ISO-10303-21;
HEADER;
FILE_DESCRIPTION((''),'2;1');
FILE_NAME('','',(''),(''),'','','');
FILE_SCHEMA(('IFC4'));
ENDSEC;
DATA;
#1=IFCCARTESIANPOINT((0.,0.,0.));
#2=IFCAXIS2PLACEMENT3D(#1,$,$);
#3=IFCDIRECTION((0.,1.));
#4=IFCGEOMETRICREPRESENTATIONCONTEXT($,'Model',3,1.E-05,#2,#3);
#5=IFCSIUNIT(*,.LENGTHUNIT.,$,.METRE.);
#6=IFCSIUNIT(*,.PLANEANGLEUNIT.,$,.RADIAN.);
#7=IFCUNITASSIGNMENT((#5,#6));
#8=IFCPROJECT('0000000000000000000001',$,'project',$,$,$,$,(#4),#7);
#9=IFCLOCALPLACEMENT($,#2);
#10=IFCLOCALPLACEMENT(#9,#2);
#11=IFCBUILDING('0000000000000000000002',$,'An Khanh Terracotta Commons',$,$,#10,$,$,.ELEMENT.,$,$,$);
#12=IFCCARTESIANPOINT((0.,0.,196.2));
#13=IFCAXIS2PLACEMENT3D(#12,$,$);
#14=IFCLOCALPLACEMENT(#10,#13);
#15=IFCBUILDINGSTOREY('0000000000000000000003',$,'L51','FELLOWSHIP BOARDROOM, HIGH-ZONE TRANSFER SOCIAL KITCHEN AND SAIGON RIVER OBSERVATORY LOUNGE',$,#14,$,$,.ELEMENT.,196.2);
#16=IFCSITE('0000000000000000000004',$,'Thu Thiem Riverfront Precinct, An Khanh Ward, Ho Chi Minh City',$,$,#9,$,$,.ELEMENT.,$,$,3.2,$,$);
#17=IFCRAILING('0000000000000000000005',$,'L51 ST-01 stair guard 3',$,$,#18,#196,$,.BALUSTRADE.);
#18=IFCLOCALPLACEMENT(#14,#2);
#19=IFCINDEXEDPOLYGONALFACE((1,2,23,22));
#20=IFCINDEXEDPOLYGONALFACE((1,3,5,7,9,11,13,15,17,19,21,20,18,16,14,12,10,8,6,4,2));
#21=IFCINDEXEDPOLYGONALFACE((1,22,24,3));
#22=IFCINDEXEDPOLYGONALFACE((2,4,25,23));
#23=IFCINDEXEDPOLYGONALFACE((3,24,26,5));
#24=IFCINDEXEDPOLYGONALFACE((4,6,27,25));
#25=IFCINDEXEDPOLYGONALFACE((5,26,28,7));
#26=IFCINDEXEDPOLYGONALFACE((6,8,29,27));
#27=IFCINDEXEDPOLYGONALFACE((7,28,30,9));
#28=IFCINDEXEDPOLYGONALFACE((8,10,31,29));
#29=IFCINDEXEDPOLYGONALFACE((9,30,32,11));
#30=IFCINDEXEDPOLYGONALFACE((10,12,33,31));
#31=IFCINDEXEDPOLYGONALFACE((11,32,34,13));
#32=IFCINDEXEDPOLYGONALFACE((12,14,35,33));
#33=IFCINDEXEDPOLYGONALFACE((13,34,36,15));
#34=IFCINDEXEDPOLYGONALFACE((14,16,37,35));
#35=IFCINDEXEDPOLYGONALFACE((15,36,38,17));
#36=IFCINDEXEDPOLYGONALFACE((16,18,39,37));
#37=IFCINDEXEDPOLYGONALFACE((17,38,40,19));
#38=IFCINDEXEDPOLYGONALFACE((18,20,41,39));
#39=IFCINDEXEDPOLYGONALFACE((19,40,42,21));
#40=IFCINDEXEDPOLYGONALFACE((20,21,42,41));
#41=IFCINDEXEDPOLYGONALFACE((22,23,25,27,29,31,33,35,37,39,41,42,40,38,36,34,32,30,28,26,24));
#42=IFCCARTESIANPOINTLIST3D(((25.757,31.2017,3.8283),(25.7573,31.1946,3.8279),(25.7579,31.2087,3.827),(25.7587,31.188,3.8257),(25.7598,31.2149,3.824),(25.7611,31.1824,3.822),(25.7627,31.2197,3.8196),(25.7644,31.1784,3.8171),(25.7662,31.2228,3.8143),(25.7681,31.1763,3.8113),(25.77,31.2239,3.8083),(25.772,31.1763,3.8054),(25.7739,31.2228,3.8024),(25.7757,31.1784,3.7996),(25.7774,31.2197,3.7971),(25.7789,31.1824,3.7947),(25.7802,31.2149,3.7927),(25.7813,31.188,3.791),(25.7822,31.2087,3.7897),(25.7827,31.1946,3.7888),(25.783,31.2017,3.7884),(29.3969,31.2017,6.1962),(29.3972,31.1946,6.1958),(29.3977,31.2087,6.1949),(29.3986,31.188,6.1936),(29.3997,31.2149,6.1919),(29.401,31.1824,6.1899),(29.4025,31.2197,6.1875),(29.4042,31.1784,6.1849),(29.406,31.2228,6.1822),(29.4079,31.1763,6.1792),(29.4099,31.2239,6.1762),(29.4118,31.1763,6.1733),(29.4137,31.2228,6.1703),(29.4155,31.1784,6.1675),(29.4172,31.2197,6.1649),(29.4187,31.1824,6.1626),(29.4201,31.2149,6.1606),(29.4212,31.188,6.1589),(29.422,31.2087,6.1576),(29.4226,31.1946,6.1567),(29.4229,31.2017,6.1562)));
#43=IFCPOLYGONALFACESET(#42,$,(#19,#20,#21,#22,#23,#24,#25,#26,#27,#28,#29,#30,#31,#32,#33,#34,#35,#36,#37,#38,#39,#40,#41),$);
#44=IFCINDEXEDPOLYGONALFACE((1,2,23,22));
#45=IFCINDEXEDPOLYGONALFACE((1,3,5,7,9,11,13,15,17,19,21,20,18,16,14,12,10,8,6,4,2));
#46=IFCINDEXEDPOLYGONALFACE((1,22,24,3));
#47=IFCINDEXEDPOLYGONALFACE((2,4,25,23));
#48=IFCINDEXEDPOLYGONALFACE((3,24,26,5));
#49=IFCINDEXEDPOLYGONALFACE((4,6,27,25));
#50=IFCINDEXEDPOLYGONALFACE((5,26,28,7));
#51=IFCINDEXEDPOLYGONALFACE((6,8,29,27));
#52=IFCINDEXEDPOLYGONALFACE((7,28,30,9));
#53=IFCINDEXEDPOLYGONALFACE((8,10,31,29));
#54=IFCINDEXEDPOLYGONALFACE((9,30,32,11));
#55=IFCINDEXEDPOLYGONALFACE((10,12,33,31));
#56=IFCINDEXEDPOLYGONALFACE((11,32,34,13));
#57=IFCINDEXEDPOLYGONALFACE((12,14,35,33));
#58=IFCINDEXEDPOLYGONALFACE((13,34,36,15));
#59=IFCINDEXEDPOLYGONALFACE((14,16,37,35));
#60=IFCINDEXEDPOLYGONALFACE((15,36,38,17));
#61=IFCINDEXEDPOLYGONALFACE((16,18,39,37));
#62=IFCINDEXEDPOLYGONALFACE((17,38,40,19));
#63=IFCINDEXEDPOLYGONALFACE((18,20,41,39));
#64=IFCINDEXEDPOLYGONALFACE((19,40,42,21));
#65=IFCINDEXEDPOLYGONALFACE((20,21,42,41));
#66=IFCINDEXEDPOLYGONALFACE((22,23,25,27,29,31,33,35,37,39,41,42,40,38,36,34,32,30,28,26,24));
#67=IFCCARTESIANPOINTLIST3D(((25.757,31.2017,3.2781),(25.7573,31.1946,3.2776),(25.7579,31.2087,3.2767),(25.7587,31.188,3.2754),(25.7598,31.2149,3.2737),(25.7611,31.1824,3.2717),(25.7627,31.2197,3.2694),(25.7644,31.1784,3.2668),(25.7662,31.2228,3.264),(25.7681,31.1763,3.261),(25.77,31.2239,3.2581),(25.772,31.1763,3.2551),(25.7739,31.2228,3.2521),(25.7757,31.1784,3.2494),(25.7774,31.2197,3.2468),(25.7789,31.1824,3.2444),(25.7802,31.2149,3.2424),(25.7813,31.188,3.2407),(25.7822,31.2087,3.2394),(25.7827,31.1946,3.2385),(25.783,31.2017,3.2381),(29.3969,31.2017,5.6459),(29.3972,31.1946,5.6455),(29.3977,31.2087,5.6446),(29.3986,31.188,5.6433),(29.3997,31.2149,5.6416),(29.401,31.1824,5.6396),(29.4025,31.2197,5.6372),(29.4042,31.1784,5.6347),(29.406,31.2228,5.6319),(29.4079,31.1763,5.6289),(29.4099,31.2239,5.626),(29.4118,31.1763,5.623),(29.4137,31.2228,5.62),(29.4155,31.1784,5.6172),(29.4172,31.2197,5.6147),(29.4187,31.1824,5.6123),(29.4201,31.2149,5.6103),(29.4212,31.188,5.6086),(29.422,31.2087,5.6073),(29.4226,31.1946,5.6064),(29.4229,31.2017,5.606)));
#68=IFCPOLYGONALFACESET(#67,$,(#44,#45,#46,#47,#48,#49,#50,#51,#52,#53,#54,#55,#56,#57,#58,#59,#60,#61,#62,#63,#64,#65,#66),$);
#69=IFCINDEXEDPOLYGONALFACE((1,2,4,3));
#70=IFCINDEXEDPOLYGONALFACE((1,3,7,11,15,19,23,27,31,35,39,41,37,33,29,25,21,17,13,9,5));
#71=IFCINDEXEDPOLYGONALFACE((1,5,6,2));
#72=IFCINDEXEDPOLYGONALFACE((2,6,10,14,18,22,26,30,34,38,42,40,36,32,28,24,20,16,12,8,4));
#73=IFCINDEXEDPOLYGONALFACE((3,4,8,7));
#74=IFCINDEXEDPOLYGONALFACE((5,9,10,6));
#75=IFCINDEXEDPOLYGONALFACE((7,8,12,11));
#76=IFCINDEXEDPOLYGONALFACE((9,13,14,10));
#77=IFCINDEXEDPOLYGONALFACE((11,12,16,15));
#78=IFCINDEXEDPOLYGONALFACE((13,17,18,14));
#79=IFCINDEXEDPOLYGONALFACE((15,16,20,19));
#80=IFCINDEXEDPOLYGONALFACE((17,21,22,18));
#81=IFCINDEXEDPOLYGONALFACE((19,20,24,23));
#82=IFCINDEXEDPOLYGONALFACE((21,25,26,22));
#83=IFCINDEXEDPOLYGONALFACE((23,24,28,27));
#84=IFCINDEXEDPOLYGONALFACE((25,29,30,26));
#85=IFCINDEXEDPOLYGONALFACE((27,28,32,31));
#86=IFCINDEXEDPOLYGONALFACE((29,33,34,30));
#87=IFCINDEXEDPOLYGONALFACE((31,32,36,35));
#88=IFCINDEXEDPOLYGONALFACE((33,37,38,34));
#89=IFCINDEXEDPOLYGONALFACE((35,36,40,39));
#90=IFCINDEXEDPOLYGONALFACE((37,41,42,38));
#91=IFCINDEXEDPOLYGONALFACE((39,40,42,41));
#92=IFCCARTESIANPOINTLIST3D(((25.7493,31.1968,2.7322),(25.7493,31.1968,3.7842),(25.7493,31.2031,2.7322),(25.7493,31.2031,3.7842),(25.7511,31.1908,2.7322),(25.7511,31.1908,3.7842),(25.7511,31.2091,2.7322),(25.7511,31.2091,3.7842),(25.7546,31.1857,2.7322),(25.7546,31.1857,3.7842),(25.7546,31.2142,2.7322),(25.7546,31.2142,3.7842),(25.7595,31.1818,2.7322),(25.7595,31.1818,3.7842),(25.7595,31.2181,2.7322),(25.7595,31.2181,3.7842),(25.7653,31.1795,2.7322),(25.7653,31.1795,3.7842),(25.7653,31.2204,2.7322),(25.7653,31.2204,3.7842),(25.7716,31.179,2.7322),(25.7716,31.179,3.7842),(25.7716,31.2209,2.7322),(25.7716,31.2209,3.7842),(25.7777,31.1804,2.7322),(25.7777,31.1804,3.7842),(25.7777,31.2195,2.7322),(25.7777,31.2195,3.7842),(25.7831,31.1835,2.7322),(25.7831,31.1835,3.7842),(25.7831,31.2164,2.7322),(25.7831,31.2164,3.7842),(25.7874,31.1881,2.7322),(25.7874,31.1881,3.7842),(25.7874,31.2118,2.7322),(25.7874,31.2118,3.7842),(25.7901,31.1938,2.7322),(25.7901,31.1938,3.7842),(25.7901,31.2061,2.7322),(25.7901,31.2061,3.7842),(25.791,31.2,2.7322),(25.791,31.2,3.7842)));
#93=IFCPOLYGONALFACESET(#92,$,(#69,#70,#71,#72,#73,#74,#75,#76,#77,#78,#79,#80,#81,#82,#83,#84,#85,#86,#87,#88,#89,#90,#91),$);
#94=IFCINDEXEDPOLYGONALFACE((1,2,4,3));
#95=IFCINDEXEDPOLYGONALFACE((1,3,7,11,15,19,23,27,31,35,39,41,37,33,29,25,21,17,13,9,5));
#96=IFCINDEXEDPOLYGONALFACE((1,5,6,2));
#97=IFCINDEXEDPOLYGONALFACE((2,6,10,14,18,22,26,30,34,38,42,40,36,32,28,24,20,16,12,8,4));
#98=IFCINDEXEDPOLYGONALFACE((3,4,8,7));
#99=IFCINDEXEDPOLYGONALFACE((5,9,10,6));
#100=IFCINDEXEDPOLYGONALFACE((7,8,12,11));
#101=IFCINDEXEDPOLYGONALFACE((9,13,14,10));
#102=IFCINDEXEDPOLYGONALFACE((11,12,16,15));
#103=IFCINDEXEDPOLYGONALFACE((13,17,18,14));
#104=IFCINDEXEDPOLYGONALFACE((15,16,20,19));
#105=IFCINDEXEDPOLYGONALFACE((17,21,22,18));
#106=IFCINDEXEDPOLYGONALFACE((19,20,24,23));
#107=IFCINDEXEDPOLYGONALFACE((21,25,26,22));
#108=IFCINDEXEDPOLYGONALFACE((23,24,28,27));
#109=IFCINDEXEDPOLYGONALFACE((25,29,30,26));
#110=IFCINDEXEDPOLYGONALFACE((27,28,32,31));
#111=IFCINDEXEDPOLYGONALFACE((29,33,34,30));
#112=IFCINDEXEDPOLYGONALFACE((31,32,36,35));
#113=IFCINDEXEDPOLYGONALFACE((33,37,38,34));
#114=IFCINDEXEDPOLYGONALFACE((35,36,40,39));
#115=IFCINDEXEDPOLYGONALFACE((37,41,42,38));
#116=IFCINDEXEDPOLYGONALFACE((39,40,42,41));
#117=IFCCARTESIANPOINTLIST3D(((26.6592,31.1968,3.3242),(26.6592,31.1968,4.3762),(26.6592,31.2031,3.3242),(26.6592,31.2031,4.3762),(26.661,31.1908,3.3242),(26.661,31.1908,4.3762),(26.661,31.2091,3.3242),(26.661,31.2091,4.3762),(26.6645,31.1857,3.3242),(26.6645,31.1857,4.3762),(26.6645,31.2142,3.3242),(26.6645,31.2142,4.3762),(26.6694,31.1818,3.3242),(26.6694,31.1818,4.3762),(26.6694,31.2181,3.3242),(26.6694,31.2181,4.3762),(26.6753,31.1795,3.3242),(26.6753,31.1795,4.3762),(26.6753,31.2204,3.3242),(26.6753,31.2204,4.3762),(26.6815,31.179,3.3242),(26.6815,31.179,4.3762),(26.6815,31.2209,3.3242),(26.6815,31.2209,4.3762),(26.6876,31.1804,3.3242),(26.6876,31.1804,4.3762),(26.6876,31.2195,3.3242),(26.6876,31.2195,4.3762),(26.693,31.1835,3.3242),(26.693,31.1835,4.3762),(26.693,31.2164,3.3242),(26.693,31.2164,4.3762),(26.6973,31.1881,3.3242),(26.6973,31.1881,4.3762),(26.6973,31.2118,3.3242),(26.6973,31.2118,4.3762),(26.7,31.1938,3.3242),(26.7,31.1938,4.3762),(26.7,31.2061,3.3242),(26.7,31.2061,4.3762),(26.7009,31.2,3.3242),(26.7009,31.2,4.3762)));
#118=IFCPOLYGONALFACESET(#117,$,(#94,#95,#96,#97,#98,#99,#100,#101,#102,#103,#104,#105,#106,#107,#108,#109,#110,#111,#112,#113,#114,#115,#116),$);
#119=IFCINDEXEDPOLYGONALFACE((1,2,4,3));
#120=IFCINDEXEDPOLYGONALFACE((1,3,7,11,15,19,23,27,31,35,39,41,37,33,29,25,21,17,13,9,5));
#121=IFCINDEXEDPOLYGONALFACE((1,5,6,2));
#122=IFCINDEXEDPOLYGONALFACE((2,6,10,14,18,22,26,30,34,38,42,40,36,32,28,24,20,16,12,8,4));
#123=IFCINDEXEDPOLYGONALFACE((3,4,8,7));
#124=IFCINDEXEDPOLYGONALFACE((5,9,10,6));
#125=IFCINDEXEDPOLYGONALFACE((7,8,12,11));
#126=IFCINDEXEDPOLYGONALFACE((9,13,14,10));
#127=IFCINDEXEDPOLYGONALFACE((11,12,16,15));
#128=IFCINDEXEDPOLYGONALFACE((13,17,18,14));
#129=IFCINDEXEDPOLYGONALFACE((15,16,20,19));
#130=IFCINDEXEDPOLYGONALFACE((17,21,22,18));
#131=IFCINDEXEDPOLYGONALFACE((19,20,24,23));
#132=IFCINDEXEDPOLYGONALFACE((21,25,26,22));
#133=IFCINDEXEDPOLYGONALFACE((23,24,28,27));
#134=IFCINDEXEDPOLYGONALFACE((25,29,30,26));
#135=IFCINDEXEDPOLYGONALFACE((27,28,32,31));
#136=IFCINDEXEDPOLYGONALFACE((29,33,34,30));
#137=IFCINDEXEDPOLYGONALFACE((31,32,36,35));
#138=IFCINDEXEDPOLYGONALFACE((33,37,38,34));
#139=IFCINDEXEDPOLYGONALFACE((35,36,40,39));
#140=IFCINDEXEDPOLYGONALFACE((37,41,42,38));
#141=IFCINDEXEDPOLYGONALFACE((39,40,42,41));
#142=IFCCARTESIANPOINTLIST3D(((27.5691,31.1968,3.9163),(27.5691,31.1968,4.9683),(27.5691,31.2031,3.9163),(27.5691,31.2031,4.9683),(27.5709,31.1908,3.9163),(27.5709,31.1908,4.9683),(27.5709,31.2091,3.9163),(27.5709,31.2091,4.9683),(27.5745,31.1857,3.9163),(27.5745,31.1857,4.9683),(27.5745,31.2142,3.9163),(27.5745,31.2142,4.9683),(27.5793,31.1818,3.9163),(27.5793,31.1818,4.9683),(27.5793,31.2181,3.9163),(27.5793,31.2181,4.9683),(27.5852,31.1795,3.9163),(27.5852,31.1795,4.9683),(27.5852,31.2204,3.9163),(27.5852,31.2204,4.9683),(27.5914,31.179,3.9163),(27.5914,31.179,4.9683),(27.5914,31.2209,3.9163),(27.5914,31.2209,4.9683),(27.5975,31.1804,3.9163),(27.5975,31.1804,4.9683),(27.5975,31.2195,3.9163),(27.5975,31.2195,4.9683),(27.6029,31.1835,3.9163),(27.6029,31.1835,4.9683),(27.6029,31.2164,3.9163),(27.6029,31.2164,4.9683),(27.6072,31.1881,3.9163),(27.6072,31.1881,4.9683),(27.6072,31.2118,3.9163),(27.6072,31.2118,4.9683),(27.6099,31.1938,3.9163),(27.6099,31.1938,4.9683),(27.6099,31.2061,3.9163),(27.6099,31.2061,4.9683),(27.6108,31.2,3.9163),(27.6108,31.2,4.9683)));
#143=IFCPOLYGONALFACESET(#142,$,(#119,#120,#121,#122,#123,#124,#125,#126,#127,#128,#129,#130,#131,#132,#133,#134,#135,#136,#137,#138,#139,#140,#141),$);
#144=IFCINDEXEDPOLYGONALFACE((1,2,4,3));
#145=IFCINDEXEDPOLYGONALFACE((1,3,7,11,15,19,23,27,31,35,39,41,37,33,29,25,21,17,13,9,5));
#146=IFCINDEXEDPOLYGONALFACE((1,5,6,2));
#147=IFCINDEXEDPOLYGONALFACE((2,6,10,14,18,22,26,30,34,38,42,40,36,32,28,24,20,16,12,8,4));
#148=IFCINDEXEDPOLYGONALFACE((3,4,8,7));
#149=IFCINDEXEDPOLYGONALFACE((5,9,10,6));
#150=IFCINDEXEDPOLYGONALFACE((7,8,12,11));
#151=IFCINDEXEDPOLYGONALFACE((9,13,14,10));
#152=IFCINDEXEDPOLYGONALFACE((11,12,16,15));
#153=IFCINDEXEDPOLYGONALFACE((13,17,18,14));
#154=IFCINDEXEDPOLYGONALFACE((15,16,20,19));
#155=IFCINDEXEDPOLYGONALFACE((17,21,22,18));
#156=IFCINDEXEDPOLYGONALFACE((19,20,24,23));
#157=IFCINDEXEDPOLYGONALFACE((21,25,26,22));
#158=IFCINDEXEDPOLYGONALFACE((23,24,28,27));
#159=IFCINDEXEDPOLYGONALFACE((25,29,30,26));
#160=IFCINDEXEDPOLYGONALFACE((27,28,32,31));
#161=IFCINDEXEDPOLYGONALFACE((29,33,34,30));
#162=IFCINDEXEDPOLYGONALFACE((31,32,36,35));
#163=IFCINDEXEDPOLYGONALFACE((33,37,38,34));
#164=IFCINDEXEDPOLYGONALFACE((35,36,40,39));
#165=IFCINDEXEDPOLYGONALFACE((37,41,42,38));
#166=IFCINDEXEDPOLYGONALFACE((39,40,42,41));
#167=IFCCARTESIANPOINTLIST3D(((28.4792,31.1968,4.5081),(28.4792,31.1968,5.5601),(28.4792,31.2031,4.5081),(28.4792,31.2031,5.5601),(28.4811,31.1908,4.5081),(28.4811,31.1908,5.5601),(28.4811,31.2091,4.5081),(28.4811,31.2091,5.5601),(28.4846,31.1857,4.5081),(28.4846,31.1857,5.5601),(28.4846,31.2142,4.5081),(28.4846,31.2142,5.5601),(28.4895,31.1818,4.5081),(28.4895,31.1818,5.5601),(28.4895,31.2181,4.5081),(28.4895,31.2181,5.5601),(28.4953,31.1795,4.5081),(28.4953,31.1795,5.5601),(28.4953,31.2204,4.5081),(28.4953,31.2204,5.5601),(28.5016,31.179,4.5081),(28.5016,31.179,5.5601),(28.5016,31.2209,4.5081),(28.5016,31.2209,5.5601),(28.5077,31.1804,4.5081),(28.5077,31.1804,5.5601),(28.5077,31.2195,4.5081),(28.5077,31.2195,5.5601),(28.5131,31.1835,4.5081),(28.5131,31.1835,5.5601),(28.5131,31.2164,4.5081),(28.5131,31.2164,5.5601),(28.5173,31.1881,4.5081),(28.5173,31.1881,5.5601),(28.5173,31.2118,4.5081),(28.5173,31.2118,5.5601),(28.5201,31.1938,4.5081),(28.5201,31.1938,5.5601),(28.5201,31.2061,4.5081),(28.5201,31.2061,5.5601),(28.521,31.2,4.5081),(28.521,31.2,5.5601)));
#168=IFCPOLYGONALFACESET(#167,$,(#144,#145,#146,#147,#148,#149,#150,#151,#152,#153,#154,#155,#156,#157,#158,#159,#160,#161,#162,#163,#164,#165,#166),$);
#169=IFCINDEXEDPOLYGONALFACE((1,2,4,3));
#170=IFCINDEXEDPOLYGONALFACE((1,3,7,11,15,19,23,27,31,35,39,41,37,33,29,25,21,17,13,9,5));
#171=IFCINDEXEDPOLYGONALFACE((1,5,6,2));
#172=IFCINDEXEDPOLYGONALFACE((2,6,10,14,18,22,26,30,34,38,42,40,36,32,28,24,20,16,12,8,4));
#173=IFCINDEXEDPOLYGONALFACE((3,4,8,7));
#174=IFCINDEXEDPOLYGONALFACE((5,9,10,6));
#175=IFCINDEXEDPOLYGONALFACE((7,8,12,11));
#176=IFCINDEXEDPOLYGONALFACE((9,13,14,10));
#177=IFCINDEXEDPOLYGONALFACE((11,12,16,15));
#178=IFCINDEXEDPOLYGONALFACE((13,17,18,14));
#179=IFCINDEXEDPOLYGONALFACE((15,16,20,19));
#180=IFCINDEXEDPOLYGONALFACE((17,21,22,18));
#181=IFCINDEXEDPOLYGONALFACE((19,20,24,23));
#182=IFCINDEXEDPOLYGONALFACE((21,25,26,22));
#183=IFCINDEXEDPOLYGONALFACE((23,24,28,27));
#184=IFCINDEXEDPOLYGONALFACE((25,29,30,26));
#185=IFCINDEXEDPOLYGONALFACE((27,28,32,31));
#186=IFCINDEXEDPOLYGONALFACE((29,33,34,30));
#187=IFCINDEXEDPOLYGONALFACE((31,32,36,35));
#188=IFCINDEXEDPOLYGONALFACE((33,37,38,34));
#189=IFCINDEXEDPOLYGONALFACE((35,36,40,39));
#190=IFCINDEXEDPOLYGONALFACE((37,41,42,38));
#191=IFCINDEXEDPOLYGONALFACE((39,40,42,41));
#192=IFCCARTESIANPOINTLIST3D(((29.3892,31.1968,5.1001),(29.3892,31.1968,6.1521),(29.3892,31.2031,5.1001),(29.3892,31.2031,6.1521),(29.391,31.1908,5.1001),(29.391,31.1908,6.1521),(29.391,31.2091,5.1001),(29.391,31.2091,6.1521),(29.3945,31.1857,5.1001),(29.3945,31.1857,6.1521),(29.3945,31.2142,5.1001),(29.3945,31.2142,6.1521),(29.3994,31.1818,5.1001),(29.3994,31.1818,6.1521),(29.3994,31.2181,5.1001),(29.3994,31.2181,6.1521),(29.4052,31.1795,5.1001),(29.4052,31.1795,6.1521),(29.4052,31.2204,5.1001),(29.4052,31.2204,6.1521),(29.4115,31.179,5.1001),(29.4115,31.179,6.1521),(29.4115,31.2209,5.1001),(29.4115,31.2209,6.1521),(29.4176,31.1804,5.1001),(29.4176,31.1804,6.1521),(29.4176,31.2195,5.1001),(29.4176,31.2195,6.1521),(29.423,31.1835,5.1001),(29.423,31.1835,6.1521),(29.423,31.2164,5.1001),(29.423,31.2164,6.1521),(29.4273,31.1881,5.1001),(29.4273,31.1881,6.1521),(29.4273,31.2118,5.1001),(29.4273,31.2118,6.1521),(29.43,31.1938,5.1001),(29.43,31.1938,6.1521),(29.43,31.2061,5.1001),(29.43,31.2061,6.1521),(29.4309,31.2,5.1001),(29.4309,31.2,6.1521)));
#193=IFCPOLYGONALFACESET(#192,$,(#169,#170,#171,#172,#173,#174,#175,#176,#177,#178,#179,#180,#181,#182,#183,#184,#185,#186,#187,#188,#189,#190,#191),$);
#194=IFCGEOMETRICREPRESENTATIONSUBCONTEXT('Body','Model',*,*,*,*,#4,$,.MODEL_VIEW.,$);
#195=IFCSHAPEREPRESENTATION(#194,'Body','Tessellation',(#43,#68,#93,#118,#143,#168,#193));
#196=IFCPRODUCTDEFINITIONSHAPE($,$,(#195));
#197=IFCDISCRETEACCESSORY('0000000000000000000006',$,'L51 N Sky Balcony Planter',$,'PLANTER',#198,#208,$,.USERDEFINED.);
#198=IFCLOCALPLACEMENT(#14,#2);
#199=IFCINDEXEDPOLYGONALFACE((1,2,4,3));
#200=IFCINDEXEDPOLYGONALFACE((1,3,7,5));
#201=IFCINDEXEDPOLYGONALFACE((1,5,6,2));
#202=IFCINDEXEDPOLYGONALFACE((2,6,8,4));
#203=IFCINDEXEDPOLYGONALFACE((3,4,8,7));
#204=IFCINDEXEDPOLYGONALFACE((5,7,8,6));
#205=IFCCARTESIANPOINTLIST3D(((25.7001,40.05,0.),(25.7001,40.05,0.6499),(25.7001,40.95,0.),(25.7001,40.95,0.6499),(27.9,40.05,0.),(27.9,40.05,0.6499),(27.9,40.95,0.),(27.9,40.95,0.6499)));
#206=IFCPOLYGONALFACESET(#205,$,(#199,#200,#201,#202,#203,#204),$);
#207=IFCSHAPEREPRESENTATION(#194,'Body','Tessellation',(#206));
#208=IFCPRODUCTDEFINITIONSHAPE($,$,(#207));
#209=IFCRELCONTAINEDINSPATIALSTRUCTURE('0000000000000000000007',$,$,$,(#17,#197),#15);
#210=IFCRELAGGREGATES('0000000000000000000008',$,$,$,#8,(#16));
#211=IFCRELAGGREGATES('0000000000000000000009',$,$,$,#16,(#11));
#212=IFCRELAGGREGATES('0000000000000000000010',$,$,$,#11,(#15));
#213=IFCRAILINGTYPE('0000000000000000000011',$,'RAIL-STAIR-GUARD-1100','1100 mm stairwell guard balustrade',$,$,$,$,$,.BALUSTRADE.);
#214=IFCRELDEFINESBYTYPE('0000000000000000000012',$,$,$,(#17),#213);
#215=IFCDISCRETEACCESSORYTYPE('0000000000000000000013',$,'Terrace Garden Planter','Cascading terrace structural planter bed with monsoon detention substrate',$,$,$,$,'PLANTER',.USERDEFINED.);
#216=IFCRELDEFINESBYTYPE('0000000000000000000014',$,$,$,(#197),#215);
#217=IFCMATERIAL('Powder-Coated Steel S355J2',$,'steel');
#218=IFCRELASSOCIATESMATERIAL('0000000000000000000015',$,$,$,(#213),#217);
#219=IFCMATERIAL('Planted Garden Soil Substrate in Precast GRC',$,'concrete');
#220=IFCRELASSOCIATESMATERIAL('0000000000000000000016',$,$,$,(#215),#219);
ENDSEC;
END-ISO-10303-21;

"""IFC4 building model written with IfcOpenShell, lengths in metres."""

from ifc_helpers import new_model, si_unit, direction, frame, origin, origin_2d, place, context, subcontext, project, spatial, rectangle, circle, extrude, material, type_object, element, save


model = new_model("IFC4")

# Units and contexts
model_context = context("Model", 3, precision=1e-05, world=origin(), true_north=direction((0.0, 1.0)))
body_context = subcontext(model_context, "Body", "Model", "MODEL_VIEW")
ifc_project = project(units=[si_unit("LENGTHUNIT", "METRE"), si_unit("PLANEANGLEUNIT", "RADIAN")], contexts=[model_context])

# Site, building, storey
site_placement = place(None, origin())
site = spatial("IfcSite", under=ifc_project, at=site_placement, Name="Thu Thiem Riverfront Precinct, An Khanh Ward, Ho Chi Minh City", CompositionType="ELEMENT", RefElevation=3.2)
building_placement = place(site_placement, origin())
building = spatial("IfcBuilding", under=site, at=building_placement, Name="An Khanh Terracotta Commons", CompositionType="ELEMENT")
storey_placement = place(building_placement, frame((0.0, 0.0, 196.2)))
storey = spatial("IfcBuildingStorey", under=building, at=storey_placement, Name="L51", Description="FELLOWSHIP BOARDROOM, HIGH-ZONE TRANSFER SOCIAL KITCHEN AND SAIGON RIVER OBSERVATORY LOUNGE", CompositionType="ELEMENT", Elevation=196.2)

# Railing
ifc_material_1 = material(Name="Powder-Coated Steel S355J2", Category="steel")
railing_type = type_object("IfcRailingType", Name="RAIL-STAIR-GUARD-1100", Description="1100 mm stairwell guard balustrade", PredefinedType="BALUSTRADE", material=ifc_material_1)
railing_1_placement = place(storey_placement, frame((25.77, 31.2, 2.7322)))
element("IfcRailing", 1, at=railing_1_placement, inside=storey, type_object=railing_type, Name="L51 ST-01 stair guard 3", PredefinedType="BALUSTRADE", context=body_context, shape_type="SweptSolid", body=[
    extrude(circle(Radius=0.0239, at=origin_2d()), frame((0.0, 0.0, 1.0762), z_axis=(0.838234, 0.0, 0.54531), x_axis=(0.0, 1.0, 0.0)), (0.0, 0.0, 1.0), 4.3423),
    extrude(circle(Radius=0.0239, at=origin_2d()), frame((0.0, 0.0, 0.5259), z_axis=(0.838234, 0.0, 0.54531), x_axis=(0.0, 1.0, 0.0)), (0.0, 0.0, 1.0), 4.3423),
    extrude(circle(Radius=0.021, at=origin_2d()), origin(), (0.0, 0.0, 1.0), 1.052),
    extrude(circle(Radius=0.021, at=origin_2d()), frame((0.9099, 0.0, 0.592)), (0.0, 0.0, 1.0), 1.052),
    extrude(circle(Radius=0.021, at=origin_2d()), frame((1.8198, 0.0, 1.1841)), (0.0, 0.0, 1.0), 1.052),
    extrude(circle(Radius=0.021, at=origin_2d()), frame((2.73, 0.0, 1.7759)), (0.0, 0.0, 1.0), 1.052),
    extrude(circle(Radius=0.021, at=origin_2d()), frame((3.6399, 0.0, 2.3679)), (0.0, 0.0, 1.0), 1.052),
])

# Discrete accessory
ifc_material_2 = material(Name="Planted Garden Soil Substrate in Precast GRC", Category="concrete")
discrete_accessory_type = type_object("IfcDiscreteAccessoryType", Name="Terrace Garden Planter", Description="Cascading terrace structural planter bed with monsoon detention substrate", ElementType="PLANTER", PredefinedType="USERDEFINED", material=ifc_material_2)
discrete_accessory_placement = place(storey_placement, frame((26.8, 40.5, 0.0), z_axis=(0.0, 0.0, 1.0), x_axis=(1.0, 0.0, 0.0)))
element("IfcDiscreteAccessory", 2, at=discrete_accessory_placement, inside=storey, type_object=discrete_accessory_type, Name="L51 N Sky Balcony Planter", ObjectType="PLANTER", PredefinedType="USERDEFINED", context=body_context, shape_type="SweptSolid", body=[
    extrude(rectangle(XDim=2.2, YDim=0.8999, at=origin_2d()), origin(), (0.0, 0.0, 1.0), 0.6499),
])

save(model, "model.ifc")
